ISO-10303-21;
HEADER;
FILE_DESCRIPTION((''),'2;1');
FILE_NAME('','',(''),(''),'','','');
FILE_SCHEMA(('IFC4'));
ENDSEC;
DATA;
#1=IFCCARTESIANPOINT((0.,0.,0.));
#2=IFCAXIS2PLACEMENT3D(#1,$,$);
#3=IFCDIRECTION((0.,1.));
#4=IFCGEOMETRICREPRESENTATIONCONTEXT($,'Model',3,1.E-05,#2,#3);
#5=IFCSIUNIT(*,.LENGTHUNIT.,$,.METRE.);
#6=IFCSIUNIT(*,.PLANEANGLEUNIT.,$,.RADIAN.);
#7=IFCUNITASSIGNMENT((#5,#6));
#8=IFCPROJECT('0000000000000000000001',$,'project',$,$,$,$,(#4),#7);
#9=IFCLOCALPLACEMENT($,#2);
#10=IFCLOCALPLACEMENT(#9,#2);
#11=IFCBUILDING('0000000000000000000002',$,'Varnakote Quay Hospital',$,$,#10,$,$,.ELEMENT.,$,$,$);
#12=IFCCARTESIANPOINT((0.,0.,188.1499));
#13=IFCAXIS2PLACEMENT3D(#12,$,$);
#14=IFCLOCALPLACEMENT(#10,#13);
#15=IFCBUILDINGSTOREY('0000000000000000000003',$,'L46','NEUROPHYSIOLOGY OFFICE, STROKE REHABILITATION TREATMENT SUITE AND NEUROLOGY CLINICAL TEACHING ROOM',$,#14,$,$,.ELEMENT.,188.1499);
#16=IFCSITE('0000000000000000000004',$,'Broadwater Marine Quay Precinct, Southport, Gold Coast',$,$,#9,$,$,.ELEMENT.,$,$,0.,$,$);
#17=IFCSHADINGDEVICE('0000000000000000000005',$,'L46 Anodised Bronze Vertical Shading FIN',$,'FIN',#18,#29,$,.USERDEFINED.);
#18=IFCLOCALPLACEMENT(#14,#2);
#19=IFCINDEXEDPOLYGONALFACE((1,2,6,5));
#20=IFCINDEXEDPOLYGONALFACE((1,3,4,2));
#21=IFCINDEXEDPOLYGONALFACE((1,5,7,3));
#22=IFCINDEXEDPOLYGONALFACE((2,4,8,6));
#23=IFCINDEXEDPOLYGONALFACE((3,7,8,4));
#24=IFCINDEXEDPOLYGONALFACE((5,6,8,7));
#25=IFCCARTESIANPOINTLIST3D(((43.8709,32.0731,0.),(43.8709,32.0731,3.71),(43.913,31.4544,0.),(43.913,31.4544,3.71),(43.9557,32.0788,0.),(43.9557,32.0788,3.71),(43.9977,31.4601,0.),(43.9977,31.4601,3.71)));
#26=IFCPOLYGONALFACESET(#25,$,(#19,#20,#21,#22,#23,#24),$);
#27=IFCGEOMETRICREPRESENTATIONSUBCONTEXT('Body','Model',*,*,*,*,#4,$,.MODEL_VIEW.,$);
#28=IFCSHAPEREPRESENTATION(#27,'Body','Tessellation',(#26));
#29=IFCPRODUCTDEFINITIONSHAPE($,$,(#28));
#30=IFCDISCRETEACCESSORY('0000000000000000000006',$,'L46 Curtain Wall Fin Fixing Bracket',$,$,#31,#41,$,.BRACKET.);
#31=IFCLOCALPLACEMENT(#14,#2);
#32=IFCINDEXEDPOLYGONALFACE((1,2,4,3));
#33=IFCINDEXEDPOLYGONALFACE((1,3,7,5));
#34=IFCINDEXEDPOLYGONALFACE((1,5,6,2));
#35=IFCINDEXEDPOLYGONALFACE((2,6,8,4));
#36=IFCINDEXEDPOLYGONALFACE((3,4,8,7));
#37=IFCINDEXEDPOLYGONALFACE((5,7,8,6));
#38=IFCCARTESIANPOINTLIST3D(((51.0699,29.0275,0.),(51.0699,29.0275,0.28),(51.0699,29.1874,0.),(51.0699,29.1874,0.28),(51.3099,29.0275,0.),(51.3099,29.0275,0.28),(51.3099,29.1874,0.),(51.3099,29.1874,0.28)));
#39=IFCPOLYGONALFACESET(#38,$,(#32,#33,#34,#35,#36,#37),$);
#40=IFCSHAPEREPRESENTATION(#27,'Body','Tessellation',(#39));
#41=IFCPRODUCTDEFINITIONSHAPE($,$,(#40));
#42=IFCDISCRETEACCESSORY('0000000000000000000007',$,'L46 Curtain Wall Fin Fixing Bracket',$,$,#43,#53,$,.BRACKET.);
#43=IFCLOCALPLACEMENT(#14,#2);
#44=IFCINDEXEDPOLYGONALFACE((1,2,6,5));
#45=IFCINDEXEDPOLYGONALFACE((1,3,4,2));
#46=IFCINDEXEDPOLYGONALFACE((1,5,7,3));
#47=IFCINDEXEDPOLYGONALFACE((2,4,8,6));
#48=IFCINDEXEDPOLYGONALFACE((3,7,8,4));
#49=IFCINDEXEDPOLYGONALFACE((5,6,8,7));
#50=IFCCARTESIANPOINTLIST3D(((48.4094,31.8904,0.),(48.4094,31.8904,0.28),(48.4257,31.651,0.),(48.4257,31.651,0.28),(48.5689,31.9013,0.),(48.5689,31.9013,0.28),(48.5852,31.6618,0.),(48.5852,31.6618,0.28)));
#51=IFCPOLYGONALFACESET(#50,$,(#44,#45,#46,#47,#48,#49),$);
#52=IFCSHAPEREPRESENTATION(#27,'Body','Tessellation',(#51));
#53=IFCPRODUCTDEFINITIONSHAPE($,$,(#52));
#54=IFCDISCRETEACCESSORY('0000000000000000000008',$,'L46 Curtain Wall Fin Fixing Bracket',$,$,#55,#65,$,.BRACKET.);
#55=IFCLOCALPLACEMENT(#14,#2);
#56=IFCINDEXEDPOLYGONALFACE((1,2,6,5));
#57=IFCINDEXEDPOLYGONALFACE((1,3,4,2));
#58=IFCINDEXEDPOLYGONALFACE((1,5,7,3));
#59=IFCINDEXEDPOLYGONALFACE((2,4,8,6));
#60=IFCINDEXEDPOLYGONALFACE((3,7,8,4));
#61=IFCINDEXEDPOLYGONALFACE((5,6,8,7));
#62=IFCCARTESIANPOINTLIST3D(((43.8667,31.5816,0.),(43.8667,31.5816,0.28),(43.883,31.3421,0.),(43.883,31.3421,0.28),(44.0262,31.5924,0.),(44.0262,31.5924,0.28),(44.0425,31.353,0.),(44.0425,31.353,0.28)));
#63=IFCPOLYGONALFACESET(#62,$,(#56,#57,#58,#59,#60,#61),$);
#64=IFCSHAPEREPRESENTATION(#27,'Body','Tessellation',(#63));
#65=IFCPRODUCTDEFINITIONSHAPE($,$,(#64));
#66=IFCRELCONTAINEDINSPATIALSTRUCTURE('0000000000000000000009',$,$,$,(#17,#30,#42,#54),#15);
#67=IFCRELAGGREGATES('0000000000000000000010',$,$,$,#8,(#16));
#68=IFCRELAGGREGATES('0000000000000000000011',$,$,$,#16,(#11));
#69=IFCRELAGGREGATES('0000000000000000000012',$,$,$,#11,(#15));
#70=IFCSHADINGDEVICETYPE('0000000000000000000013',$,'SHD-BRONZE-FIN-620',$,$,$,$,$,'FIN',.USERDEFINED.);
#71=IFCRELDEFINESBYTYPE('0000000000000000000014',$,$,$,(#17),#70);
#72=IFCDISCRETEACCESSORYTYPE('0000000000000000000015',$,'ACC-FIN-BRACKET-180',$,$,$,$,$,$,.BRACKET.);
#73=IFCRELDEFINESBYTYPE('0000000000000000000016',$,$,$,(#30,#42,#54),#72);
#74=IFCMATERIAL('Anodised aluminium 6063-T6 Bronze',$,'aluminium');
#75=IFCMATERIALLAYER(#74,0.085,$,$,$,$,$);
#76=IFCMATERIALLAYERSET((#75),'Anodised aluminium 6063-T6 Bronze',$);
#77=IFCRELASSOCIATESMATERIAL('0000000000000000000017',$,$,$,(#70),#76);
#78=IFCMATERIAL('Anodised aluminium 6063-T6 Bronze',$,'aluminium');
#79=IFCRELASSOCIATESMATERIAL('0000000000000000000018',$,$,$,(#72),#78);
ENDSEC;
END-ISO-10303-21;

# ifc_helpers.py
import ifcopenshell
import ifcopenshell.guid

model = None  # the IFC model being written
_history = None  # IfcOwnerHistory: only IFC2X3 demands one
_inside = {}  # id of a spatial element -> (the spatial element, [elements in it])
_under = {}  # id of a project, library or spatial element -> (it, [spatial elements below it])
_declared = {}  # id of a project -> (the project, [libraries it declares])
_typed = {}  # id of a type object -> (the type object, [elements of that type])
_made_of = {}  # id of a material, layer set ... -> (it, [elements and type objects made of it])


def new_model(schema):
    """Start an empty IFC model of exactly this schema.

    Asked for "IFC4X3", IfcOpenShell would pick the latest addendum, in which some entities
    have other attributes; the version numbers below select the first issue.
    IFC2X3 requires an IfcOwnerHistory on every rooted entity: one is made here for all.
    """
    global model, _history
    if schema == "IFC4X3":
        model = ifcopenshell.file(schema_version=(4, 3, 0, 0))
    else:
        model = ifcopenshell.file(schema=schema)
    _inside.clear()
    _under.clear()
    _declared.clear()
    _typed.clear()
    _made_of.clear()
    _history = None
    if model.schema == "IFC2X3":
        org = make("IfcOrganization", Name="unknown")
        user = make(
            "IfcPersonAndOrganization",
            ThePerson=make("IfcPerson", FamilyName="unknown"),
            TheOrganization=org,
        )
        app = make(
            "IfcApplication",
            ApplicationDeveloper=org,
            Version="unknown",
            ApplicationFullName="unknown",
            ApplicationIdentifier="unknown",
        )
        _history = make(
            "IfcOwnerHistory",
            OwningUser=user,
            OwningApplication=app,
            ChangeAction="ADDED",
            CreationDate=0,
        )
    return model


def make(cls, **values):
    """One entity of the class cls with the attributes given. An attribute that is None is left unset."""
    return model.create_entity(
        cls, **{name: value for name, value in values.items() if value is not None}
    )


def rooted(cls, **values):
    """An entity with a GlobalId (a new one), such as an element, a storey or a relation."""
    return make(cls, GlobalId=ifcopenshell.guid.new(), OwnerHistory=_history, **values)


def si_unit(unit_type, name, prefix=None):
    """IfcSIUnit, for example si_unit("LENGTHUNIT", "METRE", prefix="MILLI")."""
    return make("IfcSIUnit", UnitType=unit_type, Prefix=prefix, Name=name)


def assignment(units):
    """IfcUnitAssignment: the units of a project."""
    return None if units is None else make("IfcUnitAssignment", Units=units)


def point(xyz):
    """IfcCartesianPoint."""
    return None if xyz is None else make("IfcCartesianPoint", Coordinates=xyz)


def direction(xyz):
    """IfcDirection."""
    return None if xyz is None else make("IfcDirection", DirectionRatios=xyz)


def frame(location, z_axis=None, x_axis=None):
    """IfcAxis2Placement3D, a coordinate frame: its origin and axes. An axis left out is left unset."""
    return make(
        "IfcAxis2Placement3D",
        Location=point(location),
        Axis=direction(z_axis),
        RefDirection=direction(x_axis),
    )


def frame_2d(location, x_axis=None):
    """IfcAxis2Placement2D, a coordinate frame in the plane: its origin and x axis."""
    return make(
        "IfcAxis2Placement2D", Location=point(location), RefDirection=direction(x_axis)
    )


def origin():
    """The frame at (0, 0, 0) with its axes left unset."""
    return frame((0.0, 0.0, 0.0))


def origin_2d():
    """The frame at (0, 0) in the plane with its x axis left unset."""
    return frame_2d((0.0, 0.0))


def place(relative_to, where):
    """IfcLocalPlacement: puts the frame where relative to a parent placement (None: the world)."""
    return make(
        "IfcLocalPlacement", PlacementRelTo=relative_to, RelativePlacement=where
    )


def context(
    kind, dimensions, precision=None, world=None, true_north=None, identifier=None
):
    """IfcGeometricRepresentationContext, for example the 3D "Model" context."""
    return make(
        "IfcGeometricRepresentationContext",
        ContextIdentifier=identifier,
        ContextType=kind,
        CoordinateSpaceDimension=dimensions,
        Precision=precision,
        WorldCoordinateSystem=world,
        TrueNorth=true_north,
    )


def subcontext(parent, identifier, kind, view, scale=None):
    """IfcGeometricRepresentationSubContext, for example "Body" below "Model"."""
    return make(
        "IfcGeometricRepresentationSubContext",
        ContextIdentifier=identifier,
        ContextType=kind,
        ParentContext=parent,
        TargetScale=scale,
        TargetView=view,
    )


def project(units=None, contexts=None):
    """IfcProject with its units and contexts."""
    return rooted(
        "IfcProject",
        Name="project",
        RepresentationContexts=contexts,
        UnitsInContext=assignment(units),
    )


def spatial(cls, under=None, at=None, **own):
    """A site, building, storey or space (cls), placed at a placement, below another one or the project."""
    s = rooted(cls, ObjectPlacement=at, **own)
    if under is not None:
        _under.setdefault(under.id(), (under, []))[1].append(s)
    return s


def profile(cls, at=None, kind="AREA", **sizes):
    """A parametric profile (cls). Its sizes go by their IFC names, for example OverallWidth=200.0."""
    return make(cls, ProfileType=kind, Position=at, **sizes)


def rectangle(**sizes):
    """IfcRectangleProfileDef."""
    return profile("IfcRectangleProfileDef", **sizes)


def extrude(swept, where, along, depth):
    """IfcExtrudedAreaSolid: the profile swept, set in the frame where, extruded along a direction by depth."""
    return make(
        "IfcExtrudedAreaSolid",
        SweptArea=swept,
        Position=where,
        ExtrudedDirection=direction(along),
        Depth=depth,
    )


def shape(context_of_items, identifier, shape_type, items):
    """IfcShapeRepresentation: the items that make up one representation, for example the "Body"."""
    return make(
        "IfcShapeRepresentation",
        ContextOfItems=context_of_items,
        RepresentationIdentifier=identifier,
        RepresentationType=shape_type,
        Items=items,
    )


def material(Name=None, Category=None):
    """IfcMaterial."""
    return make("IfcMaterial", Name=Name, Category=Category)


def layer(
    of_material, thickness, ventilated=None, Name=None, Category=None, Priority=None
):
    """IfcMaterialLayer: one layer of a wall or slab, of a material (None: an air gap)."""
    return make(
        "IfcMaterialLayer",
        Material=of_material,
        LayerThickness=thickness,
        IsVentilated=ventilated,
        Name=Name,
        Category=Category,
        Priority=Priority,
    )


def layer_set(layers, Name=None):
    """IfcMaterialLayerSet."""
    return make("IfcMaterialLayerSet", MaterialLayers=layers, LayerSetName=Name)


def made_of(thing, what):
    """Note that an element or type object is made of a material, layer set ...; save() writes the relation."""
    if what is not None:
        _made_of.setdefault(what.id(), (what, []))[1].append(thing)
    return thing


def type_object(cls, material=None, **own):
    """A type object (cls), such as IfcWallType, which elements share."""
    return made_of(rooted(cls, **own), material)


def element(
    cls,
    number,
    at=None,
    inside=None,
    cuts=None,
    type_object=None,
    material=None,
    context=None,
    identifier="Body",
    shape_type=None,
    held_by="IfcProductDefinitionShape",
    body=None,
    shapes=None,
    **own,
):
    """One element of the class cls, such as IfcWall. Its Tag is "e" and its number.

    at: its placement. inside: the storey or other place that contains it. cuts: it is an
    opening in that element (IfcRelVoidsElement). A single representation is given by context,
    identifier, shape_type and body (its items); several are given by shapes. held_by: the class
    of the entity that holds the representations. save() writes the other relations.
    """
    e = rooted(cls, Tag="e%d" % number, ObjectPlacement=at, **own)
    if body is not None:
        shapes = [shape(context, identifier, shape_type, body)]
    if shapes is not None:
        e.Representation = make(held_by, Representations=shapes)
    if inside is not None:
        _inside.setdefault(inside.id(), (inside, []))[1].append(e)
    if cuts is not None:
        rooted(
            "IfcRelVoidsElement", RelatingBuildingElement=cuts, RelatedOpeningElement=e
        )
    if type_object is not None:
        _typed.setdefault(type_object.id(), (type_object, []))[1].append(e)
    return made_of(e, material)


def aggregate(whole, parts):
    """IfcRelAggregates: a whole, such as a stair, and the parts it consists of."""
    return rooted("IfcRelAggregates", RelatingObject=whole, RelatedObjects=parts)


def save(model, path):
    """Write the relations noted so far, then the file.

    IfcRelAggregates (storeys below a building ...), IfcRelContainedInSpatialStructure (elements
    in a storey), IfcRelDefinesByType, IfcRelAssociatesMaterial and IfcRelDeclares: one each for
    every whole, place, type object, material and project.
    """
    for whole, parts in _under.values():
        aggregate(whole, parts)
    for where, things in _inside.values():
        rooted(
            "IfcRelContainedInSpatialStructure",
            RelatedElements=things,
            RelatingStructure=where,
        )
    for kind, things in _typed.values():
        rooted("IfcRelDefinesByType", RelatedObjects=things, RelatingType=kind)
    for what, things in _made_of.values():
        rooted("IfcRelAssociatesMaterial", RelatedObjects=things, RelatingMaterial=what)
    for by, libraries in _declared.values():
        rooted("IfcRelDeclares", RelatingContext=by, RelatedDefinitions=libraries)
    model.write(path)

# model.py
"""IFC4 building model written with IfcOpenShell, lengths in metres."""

from ifc_helpers import new_model, si_unit, direction, frame, origin, origin_2d, place, context, subcontext, project, spatial, rectangle, extrude, material, layer, layer_set, type_object, element, save


model = new_model("IFC4")

# Units and contexts
model_context = context("Model", 3, precision=1e-05, world=origin(), true_north=direction((0.0, 1.0)))
body_context = subcontext(model_context, "Body", "Model", "MODEL_VIEW")
ifc_project = project(units=[si_unit("LENGTHUNIT", "METRE"), si_unit("PLANEANGLEUNIT", "RADIAN")], contexts=[model_context])

# Site, building, storey
site_placement = place(None, origin())
site = spatial("IfcSite", under=ifc_project, at=site_placement, Name="Broadwater Marine Quay Precinct, Southport, Gold Coast", CompositionType="ELEMENT", RefElevation=0.0)
building_placement = place(site_placement, origin())
building = spatial("IfcBuilding", under=site, at=building_placement, Name="Varnakote Quay Hospital", CompositionType="ELEMENT")
storey_placement = place(building_placement, frame((0.0, 0.0, 188.1499)))
storey = spatial("IfcBuildingStorey", under=building, at=storey_placement, Name="L46", Description="NEUROPHYSIOLOGY OFFICE, STROKE REHABILITATION TREATMENT SUITE AND NEUROLOGY CLINICAL TEACHING ROOM", CompositionType="ELEMENT", Elevation=188.1499)

# Shading device
ifc_material_1 = material(Name="Anodised aluminium 6063-T6 Bronze", Category="aluminium")
ifc_layer_1 = layer(ifc_material_1, 0.085)
ifc_layer_set_1 = layer_set([ifc_layer_1], Name="Anodised aluminium 6063-T6 Bronze")
shading_device_type = type_object("IfcShadingDeviceType", Name="SHD-BRONZE-FIN-620", ElementType="FIN", PredefinedType="USERDEFINED", material=ifc_layer_set_1)
for number, where, z_axis, x_axis, name in (
    (1, (43.9343, 31.7666, 0.0), (0.0, 0.0, 1.0), (0.067841, -0.997696, 0.0), "L46 Anodised Bronze Vertical Shading FIN"),
):
    element("IfcShadingDevice", number, at=place(storey_placement, frame(where, z_axis=z_axis, x_axis=x_axis)), inside=storey, type_object=shading_device_type, Name=name, ObjectType="FIN", PredefinedType="USERDEFINED", context=body_context, shape_type="SweptSolid", body=[
        extrude(rectangle(XDim=0.6201, YDim=0.085, at=origin_2d()), origin(), (0.0, 0.0, 1.0), 3.71),
    ])

# Discrete accessories
ifc_material_2 = material(Name="Anodised aluminium 6063-T6 Bronze", Category="aluminium")
discrete_accessory_type = type_object("IfcDiscreteAccessoryType", Name="ACC-FIN-BRACKET-180", PredefinedType="BRACKET", material=ifc_material_2)
for number, where, z_axis, x_axis, name in (
    (2, (51.1899, 29.1074, 0.0), (0.0, 0.0, 1.0), (0.0, 1.0, 0.0), "L46 Curtain Wall Fin Fixing Bracket"),
    (3, (48.4973, 31.7761, 0.0), (0.0, 0.0, 1.0), (-0.997696, -0.067841, 0.0), "L46 Curtain Wall Fin Fixing Bracket"),
    (4, (43.9546, 31.4673, 0.0), (0.0, 0.0, 1.0), (-0.997696, -0.067841, 0.0), "L46 Curtain Wall Fin Fixing Bracket"),
):
    element("IfcDiscreteAccessory", number, at=place(storey_placement, frame(where, z_axis=z_axis, x_axis=x_axis)), inside=storey, type_object=discrete_accessory_type, Name=name, PredefinedType="BRACKET", context=body_context, shape_type="SweptSolid", body=[
        extrude(rectangle(XDim=0.1599, YDim=0.24, at=origin_2d()), origin(), (0.0, 0.0, 1.0), 0.28),
    ])

save(model, "model.ifc")
